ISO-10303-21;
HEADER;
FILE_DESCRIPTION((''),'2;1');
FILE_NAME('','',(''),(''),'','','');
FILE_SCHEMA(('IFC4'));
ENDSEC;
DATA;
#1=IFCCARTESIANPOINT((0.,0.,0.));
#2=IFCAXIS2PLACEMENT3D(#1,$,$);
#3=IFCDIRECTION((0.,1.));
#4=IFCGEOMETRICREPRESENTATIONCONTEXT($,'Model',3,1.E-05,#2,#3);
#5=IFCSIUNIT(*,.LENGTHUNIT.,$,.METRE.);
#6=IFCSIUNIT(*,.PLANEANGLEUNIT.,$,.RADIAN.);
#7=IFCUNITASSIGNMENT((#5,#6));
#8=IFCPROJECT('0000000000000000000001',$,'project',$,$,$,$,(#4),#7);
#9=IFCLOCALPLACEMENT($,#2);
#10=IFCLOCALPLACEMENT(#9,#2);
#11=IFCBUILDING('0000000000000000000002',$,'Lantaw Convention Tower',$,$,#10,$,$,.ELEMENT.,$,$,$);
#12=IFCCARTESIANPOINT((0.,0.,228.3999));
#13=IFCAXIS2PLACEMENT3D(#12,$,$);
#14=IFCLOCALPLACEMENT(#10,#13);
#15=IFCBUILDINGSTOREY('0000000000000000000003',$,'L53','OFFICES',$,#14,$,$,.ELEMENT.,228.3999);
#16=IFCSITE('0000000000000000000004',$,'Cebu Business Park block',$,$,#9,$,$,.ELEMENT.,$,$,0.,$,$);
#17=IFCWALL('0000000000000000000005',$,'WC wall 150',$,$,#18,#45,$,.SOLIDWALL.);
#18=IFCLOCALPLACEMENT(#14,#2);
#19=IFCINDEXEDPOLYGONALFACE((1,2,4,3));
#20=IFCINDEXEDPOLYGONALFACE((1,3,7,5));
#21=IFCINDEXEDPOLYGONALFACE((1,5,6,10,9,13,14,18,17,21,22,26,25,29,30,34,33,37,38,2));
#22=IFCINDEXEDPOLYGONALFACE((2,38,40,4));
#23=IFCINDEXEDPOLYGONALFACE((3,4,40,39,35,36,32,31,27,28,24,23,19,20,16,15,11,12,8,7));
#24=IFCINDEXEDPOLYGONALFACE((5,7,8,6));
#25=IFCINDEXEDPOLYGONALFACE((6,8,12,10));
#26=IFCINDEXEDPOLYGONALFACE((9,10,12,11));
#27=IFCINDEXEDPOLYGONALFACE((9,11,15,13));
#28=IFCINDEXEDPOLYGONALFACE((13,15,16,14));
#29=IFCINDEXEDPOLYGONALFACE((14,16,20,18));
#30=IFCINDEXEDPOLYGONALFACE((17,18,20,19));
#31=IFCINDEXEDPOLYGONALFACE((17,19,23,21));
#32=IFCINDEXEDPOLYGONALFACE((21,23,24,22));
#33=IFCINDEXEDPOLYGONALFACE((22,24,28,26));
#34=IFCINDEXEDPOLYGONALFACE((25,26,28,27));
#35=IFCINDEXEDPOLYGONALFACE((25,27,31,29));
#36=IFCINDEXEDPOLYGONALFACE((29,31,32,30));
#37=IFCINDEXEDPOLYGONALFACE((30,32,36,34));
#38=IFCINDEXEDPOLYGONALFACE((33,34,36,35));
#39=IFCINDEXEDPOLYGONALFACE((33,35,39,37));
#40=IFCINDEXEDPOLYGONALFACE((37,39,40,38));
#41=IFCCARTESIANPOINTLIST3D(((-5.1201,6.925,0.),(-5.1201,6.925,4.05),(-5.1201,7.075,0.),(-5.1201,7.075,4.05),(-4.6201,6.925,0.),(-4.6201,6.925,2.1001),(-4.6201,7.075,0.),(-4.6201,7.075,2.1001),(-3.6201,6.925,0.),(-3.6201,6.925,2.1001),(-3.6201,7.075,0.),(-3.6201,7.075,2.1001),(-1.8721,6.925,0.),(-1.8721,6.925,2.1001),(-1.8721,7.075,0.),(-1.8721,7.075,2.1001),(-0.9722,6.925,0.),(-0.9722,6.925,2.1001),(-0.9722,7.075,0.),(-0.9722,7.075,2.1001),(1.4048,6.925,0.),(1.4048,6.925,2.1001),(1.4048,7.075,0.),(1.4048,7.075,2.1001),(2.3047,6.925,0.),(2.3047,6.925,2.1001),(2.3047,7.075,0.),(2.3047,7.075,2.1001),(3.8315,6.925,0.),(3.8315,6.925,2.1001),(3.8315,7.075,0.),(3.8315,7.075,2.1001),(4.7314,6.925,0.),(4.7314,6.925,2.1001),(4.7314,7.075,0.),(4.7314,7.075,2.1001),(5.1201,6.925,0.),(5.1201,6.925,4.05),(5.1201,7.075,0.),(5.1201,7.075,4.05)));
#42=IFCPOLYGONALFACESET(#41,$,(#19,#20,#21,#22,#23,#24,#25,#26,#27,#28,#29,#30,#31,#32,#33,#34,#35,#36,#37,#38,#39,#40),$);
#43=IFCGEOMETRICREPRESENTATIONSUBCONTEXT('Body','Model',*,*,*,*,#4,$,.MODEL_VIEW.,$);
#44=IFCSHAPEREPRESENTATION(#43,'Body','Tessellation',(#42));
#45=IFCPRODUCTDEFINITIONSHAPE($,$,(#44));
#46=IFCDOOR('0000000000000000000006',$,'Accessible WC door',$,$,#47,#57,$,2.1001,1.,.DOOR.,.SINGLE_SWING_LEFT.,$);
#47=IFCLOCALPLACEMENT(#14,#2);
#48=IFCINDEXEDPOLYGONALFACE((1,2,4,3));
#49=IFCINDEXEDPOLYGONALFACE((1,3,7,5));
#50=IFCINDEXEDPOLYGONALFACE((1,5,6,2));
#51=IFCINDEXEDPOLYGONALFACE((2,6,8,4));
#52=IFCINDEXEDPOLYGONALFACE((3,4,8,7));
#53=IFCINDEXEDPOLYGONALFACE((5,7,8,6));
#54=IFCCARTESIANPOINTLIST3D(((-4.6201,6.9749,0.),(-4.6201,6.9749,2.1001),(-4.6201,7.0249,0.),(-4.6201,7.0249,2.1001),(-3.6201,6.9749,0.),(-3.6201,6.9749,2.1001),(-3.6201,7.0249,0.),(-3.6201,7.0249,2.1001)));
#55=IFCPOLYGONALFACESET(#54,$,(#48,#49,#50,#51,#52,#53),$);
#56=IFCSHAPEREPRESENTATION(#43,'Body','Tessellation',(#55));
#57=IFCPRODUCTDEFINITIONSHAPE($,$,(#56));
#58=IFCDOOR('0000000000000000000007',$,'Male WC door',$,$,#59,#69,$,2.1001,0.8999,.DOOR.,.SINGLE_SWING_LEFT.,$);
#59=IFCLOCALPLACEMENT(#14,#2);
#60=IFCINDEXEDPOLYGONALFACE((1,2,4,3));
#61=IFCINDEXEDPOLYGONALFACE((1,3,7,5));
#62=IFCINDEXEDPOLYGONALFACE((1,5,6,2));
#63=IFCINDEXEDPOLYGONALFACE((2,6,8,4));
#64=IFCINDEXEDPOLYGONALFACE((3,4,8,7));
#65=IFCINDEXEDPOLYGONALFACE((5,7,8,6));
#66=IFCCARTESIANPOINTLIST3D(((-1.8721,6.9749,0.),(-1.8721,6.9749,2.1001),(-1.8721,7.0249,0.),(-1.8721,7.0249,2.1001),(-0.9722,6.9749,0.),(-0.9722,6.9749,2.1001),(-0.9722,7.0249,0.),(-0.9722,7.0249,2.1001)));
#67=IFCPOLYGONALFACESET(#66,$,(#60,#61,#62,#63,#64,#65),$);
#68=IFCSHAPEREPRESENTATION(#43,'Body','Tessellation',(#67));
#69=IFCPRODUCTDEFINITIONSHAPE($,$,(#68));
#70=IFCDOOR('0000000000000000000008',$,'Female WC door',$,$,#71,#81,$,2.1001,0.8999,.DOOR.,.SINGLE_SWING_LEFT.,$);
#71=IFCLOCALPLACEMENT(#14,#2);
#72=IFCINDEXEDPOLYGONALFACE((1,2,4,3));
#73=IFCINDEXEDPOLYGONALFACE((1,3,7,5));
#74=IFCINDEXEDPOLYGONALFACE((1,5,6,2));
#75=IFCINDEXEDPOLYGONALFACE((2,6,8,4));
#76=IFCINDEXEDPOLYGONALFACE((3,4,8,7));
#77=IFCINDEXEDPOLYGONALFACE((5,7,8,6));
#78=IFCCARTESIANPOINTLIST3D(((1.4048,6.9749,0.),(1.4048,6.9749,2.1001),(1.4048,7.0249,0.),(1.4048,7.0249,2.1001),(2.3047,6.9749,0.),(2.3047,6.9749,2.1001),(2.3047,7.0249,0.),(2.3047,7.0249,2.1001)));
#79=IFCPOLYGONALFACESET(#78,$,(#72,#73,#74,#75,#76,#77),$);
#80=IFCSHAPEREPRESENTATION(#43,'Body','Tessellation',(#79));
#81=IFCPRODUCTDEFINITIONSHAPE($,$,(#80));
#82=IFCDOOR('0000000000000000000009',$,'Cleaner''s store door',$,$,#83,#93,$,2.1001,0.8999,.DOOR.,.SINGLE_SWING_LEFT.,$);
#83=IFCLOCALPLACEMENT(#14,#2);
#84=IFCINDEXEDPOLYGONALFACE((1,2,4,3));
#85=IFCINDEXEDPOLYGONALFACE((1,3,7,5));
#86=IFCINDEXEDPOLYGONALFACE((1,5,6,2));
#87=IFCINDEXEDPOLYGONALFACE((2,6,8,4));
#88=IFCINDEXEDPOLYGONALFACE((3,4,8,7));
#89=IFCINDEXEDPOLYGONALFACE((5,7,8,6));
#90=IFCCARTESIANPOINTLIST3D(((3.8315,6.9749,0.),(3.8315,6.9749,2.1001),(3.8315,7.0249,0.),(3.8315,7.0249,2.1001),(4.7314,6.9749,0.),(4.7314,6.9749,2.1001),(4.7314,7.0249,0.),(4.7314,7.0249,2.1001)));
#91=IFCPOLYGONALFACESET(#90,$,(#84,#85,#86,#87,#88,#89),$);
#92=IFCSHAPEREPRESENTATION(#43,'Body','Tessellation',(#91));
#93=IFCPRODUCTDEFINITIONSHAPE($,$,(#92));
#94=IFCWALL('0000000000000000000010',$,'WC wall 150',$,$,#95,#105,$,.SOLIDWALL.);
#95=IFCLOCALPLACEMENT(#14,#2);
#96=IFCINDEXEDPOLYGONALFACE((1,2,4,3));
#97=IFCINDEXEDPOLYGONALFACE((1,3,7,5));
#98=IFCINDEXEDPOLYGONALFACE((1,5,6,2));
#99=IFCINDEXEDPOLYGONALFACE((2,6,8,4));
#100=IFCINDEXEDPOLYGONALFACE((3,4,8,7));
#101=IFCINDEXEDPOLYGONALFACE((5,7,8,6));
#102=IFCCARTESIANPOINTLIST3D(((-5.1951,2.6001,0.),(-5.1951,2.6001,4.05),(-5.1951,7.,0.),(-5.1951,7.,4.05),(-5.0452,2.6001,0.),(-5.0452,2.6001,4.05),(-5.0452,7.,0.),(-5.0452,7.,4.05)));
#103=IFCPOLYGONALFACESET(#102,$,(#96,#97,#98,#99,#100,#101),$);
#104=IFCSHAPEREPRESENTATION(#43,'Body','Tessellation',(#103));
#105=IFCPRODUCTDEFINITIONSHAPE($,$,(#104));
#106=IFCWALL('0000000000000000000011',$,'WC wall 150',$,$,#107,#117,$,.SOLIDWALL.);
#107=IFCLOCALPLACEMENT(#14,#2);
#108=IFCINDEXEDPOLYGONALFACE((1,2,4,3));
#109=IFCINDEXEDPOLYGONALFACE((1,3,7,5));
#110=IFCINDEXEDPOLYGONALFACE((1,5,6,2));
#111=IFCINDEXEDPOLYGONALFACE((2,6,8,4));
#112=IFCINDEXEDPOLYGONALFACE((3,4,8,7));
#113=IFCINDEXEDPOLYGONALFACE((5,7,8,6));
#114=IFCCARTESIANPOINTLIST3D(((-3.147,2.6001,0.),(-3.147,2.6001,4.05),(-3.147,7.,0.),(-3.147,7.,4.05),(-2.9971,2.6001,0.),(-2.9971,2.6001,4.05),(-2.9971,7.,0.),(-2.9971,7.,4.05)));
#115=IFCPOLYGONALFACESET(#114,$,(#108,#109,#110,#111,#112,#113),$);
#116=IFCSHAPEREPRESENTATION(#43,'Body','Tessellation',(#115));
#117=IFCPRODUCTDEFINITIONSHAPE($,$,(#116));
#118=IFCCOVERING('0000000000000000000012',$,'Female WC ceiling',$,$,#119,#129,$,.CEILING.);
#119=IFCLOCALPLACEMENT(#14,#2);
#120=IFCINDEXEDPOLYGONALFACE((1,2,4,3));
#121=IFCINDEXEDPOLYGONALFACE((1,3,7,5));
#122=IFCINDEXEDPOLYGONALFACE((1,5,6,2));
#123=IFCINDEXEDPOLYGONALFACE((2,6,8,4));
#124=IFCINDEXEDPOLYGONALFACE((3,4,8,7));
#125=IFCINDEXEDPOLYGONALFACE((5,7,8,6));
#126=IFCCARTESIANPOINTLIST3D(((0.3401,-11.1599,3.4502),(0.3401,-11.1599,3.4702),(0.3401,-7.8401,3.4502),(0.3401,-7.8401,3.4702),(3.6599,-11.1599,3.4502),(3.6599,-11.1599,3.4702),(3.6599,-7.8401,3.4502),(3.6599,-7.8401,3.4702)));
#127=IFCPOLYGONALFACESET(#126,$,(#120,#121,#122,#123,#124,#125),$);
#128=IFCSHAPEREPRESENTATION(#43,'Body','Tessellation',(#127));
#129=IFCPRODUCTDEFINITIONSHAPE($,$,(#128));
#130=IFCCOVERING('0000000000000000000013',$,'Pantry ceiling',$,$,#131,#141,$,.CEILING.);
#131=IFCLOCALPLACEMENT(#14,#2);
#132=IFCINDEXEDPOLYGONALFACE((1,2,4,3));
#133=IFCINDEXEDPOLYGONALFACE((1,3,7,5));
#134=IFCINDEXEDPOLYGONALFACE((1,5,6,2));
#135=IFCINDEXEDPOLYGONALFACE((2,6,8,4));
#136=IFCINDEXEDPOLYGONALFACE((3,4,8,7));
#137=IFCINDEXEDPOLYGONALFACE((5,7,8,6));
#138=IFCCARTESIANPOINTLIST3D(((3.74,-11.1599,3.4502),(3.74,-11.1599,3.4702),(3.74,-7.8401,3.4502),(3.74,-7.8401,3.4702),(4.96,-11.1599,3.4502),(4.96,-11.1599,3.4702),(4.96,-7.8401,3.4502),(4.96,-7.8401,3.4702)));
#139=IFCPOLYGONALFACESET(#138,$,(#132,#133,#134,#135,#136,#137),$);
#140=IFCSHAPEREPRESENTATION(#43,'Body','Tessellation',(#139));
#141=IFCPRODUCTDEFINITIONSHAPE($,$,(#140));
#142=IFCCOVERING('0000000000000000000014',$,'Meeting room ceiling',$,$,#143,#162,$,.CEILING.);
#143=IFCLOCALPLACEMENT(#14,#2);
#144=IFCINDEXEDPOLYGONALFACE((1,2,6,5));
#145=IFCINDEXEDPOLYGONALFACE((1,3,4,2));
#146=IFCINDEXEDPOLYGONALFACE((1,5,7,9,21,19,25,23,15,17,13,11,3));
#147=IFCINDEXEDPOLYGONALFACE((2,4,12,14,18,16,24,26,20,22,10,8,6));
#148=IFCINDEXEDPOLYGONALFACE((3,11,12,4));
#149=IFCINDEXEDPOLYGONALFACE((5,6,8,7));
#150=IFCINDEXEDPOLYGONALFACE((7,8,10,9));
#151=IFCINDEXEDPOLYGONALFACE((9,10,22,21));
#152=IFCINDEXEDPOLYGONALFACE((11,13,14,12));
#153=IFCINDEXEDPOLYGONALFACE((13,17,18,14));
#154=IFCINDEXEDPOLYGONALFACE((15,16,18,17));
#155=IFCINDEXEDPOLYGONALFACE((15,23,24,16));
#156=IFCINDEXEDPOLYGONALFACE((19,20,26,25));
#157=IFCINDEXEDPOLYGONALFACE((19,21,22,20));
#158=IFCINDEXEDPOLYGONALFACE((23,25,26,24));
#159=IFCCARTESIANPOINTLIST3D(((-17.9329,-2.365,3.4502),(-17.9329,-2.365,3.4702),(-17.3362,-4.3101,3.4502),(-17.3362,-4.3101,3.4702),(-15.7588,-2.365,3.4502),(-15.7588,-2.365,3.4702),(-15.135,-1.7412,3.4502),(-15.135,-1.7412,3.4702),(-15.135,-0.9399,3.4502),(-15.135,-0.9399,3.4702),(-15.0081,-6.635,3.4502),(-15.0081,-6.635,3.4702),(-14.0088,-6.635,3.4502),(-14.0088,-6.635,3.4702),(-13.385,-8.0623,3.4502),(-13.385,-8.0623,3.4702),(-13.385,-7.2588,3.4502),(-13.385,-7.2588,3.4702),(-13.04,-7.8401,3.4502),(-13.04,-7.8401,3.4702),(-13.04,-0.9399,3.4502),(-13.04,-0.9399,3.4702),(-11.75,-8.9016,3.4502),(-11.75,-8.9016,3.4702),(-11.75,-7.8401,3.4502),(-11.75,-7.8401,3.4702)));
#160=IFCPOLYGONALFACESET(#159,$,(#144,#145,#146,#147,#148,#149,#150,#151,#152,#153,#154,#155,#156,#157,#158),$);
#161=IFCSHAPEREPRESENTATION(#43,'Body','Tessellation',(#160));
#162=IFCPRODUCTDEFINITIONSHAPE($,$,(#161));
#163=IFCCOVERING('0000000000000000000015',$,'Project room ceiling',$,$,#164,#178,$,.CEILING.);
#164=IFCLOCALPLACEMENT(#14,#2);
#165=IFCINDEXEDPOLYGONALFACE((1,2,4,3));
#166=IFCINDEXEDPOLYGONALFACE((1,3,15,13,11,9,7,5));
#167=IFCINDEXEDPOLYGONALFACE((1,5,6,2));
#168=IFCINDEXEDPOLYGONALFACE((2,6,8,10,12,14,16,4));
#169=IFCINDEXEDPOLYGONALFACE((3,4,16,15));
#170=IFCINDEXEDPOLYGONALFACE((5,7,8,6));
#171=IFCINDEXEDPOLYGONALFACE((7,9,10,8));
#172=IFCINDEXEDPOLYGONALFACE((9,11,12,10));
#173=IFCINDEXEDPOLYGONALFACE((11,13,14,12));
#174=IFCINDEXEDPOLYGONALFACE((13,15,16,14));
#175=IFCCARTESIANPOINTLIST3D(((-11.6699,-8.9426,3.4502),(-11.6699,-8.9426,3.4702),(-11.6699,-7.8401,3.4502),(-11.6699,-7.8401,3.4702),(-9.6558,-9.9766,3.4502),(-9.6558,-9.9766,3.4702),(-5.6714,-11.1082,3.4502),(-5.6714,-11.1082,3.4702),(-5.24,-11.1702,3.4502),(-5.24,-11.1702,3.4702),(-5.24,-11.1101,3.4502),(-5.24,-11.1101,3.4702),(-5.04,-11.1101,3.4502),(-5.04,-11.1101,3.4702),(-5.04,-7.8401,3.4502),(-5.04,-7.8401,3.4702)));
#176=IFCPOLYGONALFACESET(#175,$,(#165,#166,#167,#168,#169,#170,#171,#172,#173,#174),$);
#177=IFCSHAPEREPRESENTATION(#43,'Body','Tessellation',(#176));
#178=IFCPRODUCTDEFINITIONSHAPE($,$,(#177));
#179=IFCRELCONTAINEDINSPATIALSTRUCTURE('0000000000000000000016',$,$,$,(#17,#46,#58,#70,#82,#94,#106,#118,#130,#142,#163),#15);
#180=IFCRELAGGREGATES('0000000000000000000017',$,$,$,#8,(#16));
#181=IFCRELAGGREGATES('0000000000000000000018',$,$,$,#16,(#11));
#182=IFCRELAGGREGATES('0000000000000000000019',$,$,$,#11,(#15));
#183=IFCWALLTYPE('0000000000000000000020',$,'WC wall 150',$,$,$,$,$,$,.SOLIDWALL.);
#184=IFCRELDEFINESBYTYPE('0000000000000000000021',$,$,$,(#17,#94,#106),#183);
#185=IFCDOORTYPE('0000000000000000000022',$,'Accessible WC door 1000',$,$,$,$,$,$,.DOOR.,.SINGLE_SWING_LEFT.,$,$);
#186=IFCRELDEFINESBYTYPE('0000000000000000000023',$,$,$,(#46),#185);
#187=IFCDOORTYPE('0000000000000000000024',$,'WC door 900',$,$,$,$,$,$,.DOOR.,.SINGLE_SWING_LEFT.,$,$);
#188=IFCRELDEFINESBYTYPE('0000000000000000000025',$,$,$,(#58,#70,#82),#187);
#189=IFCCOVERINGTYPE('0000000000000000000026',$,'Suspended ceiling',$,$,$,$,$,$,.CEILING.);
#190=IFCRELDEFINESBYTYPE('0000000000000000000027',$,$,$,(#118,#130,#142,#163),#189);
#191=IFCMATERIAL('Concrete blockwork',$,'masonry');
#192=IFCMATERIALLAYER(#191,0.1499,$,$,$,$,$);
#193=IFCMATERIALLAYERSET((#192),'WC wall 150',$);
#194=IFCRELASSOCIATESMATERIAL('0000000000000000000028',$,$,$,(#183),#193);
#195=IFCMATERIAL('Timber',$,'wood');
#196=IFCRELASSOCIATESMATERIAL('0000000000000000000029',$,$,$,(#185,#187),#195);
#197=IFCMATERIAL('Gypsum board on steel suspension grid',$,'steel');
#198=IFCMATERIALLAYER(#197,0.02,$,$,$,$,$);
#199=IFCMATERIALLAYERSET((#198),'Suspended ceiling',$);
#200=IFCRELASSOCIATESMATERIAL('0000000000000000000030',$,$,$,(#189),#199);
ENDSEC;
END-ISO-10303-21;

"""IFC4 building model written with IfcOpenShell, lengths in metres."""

from ifc_helpers import new_model, si_unit, direction, frame, frame_2d, origin, place, context, subcontext, project, spatial, polyline, rectangle, outline, extrude, material, layer, layer_set, type_object, element, fill, save


model = new_model("IFC4")

# Units and contexts
model_context = context("Model", 3, precision=1e-05, world=origin(), true_north=direction((0.0, 1.0)))
body_context = subcontext(model_context, "Body", "Model", "MODEL_VIEW")
ifc_project = project(units=[si_unit("LENGTHUNIT", "METRE"), si_unit("PLANEANGLEUNIT", "RADIAN")], contexts=[model_context])

# Site, building, storey
site_placement = place(None, origin())
site = spatial("IfcSite", under=ifc_project, at=site_placement, Name="Cebu Business Park block", CompositionType="ELEMENT", RefElevation=0.0)
building_placement = place(site_placement, origin())
building = spatial("IfcBuilding", under=site, at=building_placement, Name="Lantaw Convention Tower", CompositionType="ELEMENT")
storey_placement = place(building_placement, frame((0.0, 0.0, 228.3999)))
storey = spatial("IfcBuildingStorey", under=building, at=storey_placement, Name="L53", Description="OFFICES", CompositionType="ELEMENT", Elevation=228.3999)

# Wall, openings, doors
ifc_material_1 = material(Name="Concrete blockwork", Category="masonry")
ifc_layer_1 = layer(ifc_material_1, 0.1499)
ifc_layer_set_1 = layer_set([ifc_layer_1], Name="WC wall 150")
wall_type_1 = type_object("IfcWallType", Name="WC wall 150", PredefinedType="SOLIDWALL", material=ifc_layer_set_1)
wall_1_placement = place(storey_placement, frame((-5.1201, 7.0, 0.0), z_axis=(0.0, 0.0, 1.0), x_axis=(1.0, 0.0, 0.0)))
wall_1 = element("IfcWall", 1, at=wall_1_placement, inside=storey, type_object=wall_type_1, Name="WC wall 150", PredefinedType="SOLIDWALL", context=body_context, shape_type="SweptSolid", body=[
    extrude(rectangle(XDim=10.2402, YDim=0.1499, at=frame_2d((5.1201, 0.0))), origin(), (0.0, 0.0, 1.0), 4.05),
])
opening_1_placement = place(wall_1_placement, frame((0.5, 0.0, 0.0)))
opening_1 = element("IfcOpeningElement", 2, at=opening_1_placement, cuts=wall_1, PredefinedType="OPENING", context=body_context, shape_type="SweptSolid", body=[
    extrude(rectangle(XDim=1.0, YDim=2.1001, at=frame_2d((0.5, 1.05))), frame((0.0, 0.085, 0.0), z_axis=(0.0, -1.0, 0.0), x_axis=(1.0, 0.0, 0.0)), (0.0, 0.0, 1.0), 0.1699),
])
opening_2_placement = place(wall_1_placement, frame((3.248, 0.0, 0.0)))
opening_2 = element("IfcOpeningElement", 3, at=opening_2_placement, cuts=wall_1, PredefinedType="OPENING", context=body_context, shape_type="SweptSolid", body=[
    extrude(rectangle(XDim=0.8999, YDim=2.1001, at=frame_2d((0.45, 1.05))), frame((0.0, 0.085, 0.0), z_axis=(0.0, -1.0, 0.0), x_axis=(1.0, 0.0, 0.0)), (0.0, 0.0, 1.0), 0.1699),
])
opening_3_placement = place(wall_1_placement, frame((6.5249, 0.0, 0.0)))
opening_3 = element("IfcOpeningElement", 4, at=opening_3_placement, cuts=wall_1, PredefinedType="OPENING", context=body_context, shape_type="SweptSolid", body=[
    extrude(rectangle(XDim=0.8999, YDim=2.1001, at=frame_2d((0.45, 1.05))), frame((0.0, 0.085, 0.0), z_axis=(0.0, -1.0, 0.0), x_axis=(1.0, 0.0, 0.0)), (0.0, 0.0, 1.0), 0.1699),
])
opening_4_placement = place(wall_1_placement, frame((8.9517, 0.0, 0.0)))
opening_4 = element("IfcOpeningElement", 5, at=opening_4_placement, cuts=wall_1, PredefinedType="OPENING", context=body_context, shape_type="SweptSolid", body=[
    extrude(rectangle(XDim=0.8999, YDim=2.1001, at=frame_2d((0.45, 1.05))), frame((0.0, 0.085, 0.0), z_axis=(0.0, -1.0, 0.0), x_axis=(1.0, 0.0, 0.0)), (0.0, 0.0, 1.0), 0.1699),
])
ifc_material_2 = material(Name="Timber", Category="wood")
door_type_1 = type_object("IfcDoorType", Name="Accessible WC door 1000", OperationType="SINGLE_SWING_LEFT", PredefinedType="DOOR", material=ifc_material_2)
door_1_placement = place(opening_1_placement, origin())
door_1 = element("IfcDoor", 6, at=door_1_placement, inside=storey, type_object=door_type_1, Name="Accessible WC door", OperationType="SINGLE_SWING_LEFT", OverallHeight=2.1001, OverallWidth=1.0, PredefinedType="DOOR", context=body_context, shape_type="SweptSolid", body=[
    extrude(rectangle(XDim=1.0, YDim=2.1001, at=frame_2d((0.5, 1.05))), frame((0.0, 0.0249, 0.0), z_axis=(0.0, -1.0, 0.0), x_axis=(1.0, 0.0, 0.0)), (0.0, 0.0, 1.0), 0.05),
])
fill(opening_1, door_1)
door_type_2 = type_object("IfcDoorType", Name="WC door 900", OperationType="SINGLE_SWING_LEFT", PredefinedType="DOOR", material=ifc_material_2)
door_2_placement = place(opening_2_placement, origin())
door_2 = element("IfcDoor", 7, at=door_2_placement, inside=storey, type_object=door_type_2, Name="Male WC door", OperationType="SINGLE_SWING_LEFT", OverallHeight=2.1001, OverallWidth=0.8999, PredefinedType="DOOR", context=body_context, shape_type="SweptSolid", body=[
    extrude(rectangle(XDim=0.8999, YDim=2.1001, at=frame_2d((0.45, 1.05))), frame((0.0, 0.0249, 0.0), z_axis=(0.0, -1.0, 0.0), x_axis=(1.0, 0.0, 0.0)), (0.0, 0.0, 1.0), 0.05),
])
fill(opening_2, door_2)
door_3_placement = place(opening_3_placement, origin())
door_3 = element("IfcDoor", 8, at=door_3_placement, inside=storey, type_object=door_type_2, Name="Female WC door", OperationType="SINGLE_SWING_LEFT", OverallHeight=2.1001, OverallWidth=0.8999, PredefinedType="DOOR", context=body_context, shape_type="SweptSolid", body=[
    extrude(rectangle(XDim=0.8999, YDim=2.1001, at=frame_2d((0.45, 1.05))), frame((0.0, 0.0249, 0.0), z_axis=(0.0, -1.0, 0.0), x_axis=(1.0, 0.0, 0.0)), (0.0, 0.0, 1.0), 0.05),
])
fill(opening_3, door_3)
door_4_placement = place(opening_4_placement, origin())
door_4 = element("IfcDoor", 9, at=door_4_placement, inside=storey, type_object=door_type_2, Name="Cleaner's store door", OperationType="SINGLE_SWING_LEFT", OverallHeight=2.1001, OverallWidth=0.8999, PredefinedType="DOOR", context=body_context, shape_type="SweptSolid", body=[
    extrude(rectangle(XDim=0.8999, YDim=2.1001, at=frame_2d((0.45, 1.05))), frame((0.0, 0.0249, 0.0), z_axis=(0.0, -1.0, 0.0), x_axis=(1.0, 0.0, 0.0)), (0.0, 0.0, 1.0), 0.05),
])
fill(opening_4, door_4)

# Walls
for number, where, z_axis, x_axis, name in (
    (10, (-5.1201, 2.6001, 0.0), (0.0, 0.0, 1.0), (0.0, 1.0, 0.0), "WC wall 150"),
    (11, (-3.072, 2.6001, 0.0), (0.0, 0.0, 1.0), (0.0, 1.0, 0.0), "WC wall 150"),
):
    element("IfcWall", number, at=place(storey_placement, frame(where, z_axis=z_axis, x_axis=x_axis)), inside=storey, type_object=wall_type_1, Name=name, PredefinedType="SOLIDWALL", context=body_context, shape_type="SweptSolid", body=[
        extrude(rectangle(XDim=4.3999, YDim=0.1499, at=frame_2d((2.2, 0.0))), origin(), (0.0, 0.0, 1.0), 4.05),
    ])

# Coverings
ifc_material_3 = material(Name="Gypsum board on steel suspension grid", Category="steel")
ifc_layer_2 = layer(ifc_material_3, 0.02)
ifc_layer_set_2 = layer_set([ifc_layer_2], Name="Suspended ceiling")
covering_type = type_object("IfcCoveringType", Name="Suspended ceiling", PredefinedType="CEILING", material=ifc_layer_set_2)
covering_1_placement = place(storey_placement, frame((0.0, 0.0, 3.4502)))
element("IfcCovering", 12, at=covering_1_placement, inside=storey, type_object=covering_type, Name="Female WC ceiling", PredefinedType="CEILING", context=body_context, shape_type="SweptSolid", body=[
    extrude(outline(polyline([(0.3401, -11.1599), (3.6599, -11.1599), (3.6599, -7.8401), (0.3401, -7.8401), (0.3401, -11.1599)])), origin(), (0.0, 0.0, 1.0), 0.02),
])
covering_2_placement = place(storey_placement, frame((0.0, 0.0, 3.4502)))
element("IfcCovering", 13, at=covering_2_placement, inside=storey, type_object=covering_type, Name="Pantry ceiling", PredefinedType="CEILING", context=body_context, shape_type="SweptSolid", body=[
    extrude(outline(polyline([(3.74, -11.1599), (4.96, -11.1599), (4.96, -7.8401), (3.74, -7.8401), (3.74, -11.1599)])), origin(), (0.0, 0.0, 1.0), 0.02),
])
covering_3_placement = place(storey_placement, frame((0.0, 0.0, 3.4502)))
element("IfcCovering", 14, at=covering_3_placement, inside=storey, type_object=covering_type, Name="Meeting room ceiling", PredefinedType="CEILING", context=body_context, shape_type="SweptSolid", body=[
    extrude(outline(polyline([(-13.385, -8.0623), (-11.75, -8.9016), (-11.75, -7.8401), (-13.04, -7.8401), (-13.04, -0.9399), (-15.135, -0.9399), (-15.135, -1.7412), (-15.7588, -2.365), (-17.9329, -2.365), (-17.3362, -4.3101), (-15.0081, -6.635), (-14.0088, -6.635), (-13.385, -7.2588), (-13.385, -8.0623)])), origin(), (0.0, 0.0, 1.0), 0.02),
])
covering_4_placement = place(storey_placement, frame((0.0, 0.0, 3.4502)))
element("IfcCovering", 15, at=covering_4_placement, inside=storey, type_object=covering_type, Name="Project room ceiling", PredefinedType="CEILING", context=body_context, shape_type="SweptSolid", body=[
    extrude(outline(polyline([(-5.04, -7.8401), (-11.6699, -7.8401), (-11.6699, -8.9426), (-9.6558, -9.9766), (-5.6714, -11.1082), (-5.24, -11.1702), (-5.24, -11.1101), (-5.04, -11.1101), (-5.04, -7.8401)])), origin(), (0.0, 0.0, 1.0), 0.02),
])

save(model, "model.ifc")
